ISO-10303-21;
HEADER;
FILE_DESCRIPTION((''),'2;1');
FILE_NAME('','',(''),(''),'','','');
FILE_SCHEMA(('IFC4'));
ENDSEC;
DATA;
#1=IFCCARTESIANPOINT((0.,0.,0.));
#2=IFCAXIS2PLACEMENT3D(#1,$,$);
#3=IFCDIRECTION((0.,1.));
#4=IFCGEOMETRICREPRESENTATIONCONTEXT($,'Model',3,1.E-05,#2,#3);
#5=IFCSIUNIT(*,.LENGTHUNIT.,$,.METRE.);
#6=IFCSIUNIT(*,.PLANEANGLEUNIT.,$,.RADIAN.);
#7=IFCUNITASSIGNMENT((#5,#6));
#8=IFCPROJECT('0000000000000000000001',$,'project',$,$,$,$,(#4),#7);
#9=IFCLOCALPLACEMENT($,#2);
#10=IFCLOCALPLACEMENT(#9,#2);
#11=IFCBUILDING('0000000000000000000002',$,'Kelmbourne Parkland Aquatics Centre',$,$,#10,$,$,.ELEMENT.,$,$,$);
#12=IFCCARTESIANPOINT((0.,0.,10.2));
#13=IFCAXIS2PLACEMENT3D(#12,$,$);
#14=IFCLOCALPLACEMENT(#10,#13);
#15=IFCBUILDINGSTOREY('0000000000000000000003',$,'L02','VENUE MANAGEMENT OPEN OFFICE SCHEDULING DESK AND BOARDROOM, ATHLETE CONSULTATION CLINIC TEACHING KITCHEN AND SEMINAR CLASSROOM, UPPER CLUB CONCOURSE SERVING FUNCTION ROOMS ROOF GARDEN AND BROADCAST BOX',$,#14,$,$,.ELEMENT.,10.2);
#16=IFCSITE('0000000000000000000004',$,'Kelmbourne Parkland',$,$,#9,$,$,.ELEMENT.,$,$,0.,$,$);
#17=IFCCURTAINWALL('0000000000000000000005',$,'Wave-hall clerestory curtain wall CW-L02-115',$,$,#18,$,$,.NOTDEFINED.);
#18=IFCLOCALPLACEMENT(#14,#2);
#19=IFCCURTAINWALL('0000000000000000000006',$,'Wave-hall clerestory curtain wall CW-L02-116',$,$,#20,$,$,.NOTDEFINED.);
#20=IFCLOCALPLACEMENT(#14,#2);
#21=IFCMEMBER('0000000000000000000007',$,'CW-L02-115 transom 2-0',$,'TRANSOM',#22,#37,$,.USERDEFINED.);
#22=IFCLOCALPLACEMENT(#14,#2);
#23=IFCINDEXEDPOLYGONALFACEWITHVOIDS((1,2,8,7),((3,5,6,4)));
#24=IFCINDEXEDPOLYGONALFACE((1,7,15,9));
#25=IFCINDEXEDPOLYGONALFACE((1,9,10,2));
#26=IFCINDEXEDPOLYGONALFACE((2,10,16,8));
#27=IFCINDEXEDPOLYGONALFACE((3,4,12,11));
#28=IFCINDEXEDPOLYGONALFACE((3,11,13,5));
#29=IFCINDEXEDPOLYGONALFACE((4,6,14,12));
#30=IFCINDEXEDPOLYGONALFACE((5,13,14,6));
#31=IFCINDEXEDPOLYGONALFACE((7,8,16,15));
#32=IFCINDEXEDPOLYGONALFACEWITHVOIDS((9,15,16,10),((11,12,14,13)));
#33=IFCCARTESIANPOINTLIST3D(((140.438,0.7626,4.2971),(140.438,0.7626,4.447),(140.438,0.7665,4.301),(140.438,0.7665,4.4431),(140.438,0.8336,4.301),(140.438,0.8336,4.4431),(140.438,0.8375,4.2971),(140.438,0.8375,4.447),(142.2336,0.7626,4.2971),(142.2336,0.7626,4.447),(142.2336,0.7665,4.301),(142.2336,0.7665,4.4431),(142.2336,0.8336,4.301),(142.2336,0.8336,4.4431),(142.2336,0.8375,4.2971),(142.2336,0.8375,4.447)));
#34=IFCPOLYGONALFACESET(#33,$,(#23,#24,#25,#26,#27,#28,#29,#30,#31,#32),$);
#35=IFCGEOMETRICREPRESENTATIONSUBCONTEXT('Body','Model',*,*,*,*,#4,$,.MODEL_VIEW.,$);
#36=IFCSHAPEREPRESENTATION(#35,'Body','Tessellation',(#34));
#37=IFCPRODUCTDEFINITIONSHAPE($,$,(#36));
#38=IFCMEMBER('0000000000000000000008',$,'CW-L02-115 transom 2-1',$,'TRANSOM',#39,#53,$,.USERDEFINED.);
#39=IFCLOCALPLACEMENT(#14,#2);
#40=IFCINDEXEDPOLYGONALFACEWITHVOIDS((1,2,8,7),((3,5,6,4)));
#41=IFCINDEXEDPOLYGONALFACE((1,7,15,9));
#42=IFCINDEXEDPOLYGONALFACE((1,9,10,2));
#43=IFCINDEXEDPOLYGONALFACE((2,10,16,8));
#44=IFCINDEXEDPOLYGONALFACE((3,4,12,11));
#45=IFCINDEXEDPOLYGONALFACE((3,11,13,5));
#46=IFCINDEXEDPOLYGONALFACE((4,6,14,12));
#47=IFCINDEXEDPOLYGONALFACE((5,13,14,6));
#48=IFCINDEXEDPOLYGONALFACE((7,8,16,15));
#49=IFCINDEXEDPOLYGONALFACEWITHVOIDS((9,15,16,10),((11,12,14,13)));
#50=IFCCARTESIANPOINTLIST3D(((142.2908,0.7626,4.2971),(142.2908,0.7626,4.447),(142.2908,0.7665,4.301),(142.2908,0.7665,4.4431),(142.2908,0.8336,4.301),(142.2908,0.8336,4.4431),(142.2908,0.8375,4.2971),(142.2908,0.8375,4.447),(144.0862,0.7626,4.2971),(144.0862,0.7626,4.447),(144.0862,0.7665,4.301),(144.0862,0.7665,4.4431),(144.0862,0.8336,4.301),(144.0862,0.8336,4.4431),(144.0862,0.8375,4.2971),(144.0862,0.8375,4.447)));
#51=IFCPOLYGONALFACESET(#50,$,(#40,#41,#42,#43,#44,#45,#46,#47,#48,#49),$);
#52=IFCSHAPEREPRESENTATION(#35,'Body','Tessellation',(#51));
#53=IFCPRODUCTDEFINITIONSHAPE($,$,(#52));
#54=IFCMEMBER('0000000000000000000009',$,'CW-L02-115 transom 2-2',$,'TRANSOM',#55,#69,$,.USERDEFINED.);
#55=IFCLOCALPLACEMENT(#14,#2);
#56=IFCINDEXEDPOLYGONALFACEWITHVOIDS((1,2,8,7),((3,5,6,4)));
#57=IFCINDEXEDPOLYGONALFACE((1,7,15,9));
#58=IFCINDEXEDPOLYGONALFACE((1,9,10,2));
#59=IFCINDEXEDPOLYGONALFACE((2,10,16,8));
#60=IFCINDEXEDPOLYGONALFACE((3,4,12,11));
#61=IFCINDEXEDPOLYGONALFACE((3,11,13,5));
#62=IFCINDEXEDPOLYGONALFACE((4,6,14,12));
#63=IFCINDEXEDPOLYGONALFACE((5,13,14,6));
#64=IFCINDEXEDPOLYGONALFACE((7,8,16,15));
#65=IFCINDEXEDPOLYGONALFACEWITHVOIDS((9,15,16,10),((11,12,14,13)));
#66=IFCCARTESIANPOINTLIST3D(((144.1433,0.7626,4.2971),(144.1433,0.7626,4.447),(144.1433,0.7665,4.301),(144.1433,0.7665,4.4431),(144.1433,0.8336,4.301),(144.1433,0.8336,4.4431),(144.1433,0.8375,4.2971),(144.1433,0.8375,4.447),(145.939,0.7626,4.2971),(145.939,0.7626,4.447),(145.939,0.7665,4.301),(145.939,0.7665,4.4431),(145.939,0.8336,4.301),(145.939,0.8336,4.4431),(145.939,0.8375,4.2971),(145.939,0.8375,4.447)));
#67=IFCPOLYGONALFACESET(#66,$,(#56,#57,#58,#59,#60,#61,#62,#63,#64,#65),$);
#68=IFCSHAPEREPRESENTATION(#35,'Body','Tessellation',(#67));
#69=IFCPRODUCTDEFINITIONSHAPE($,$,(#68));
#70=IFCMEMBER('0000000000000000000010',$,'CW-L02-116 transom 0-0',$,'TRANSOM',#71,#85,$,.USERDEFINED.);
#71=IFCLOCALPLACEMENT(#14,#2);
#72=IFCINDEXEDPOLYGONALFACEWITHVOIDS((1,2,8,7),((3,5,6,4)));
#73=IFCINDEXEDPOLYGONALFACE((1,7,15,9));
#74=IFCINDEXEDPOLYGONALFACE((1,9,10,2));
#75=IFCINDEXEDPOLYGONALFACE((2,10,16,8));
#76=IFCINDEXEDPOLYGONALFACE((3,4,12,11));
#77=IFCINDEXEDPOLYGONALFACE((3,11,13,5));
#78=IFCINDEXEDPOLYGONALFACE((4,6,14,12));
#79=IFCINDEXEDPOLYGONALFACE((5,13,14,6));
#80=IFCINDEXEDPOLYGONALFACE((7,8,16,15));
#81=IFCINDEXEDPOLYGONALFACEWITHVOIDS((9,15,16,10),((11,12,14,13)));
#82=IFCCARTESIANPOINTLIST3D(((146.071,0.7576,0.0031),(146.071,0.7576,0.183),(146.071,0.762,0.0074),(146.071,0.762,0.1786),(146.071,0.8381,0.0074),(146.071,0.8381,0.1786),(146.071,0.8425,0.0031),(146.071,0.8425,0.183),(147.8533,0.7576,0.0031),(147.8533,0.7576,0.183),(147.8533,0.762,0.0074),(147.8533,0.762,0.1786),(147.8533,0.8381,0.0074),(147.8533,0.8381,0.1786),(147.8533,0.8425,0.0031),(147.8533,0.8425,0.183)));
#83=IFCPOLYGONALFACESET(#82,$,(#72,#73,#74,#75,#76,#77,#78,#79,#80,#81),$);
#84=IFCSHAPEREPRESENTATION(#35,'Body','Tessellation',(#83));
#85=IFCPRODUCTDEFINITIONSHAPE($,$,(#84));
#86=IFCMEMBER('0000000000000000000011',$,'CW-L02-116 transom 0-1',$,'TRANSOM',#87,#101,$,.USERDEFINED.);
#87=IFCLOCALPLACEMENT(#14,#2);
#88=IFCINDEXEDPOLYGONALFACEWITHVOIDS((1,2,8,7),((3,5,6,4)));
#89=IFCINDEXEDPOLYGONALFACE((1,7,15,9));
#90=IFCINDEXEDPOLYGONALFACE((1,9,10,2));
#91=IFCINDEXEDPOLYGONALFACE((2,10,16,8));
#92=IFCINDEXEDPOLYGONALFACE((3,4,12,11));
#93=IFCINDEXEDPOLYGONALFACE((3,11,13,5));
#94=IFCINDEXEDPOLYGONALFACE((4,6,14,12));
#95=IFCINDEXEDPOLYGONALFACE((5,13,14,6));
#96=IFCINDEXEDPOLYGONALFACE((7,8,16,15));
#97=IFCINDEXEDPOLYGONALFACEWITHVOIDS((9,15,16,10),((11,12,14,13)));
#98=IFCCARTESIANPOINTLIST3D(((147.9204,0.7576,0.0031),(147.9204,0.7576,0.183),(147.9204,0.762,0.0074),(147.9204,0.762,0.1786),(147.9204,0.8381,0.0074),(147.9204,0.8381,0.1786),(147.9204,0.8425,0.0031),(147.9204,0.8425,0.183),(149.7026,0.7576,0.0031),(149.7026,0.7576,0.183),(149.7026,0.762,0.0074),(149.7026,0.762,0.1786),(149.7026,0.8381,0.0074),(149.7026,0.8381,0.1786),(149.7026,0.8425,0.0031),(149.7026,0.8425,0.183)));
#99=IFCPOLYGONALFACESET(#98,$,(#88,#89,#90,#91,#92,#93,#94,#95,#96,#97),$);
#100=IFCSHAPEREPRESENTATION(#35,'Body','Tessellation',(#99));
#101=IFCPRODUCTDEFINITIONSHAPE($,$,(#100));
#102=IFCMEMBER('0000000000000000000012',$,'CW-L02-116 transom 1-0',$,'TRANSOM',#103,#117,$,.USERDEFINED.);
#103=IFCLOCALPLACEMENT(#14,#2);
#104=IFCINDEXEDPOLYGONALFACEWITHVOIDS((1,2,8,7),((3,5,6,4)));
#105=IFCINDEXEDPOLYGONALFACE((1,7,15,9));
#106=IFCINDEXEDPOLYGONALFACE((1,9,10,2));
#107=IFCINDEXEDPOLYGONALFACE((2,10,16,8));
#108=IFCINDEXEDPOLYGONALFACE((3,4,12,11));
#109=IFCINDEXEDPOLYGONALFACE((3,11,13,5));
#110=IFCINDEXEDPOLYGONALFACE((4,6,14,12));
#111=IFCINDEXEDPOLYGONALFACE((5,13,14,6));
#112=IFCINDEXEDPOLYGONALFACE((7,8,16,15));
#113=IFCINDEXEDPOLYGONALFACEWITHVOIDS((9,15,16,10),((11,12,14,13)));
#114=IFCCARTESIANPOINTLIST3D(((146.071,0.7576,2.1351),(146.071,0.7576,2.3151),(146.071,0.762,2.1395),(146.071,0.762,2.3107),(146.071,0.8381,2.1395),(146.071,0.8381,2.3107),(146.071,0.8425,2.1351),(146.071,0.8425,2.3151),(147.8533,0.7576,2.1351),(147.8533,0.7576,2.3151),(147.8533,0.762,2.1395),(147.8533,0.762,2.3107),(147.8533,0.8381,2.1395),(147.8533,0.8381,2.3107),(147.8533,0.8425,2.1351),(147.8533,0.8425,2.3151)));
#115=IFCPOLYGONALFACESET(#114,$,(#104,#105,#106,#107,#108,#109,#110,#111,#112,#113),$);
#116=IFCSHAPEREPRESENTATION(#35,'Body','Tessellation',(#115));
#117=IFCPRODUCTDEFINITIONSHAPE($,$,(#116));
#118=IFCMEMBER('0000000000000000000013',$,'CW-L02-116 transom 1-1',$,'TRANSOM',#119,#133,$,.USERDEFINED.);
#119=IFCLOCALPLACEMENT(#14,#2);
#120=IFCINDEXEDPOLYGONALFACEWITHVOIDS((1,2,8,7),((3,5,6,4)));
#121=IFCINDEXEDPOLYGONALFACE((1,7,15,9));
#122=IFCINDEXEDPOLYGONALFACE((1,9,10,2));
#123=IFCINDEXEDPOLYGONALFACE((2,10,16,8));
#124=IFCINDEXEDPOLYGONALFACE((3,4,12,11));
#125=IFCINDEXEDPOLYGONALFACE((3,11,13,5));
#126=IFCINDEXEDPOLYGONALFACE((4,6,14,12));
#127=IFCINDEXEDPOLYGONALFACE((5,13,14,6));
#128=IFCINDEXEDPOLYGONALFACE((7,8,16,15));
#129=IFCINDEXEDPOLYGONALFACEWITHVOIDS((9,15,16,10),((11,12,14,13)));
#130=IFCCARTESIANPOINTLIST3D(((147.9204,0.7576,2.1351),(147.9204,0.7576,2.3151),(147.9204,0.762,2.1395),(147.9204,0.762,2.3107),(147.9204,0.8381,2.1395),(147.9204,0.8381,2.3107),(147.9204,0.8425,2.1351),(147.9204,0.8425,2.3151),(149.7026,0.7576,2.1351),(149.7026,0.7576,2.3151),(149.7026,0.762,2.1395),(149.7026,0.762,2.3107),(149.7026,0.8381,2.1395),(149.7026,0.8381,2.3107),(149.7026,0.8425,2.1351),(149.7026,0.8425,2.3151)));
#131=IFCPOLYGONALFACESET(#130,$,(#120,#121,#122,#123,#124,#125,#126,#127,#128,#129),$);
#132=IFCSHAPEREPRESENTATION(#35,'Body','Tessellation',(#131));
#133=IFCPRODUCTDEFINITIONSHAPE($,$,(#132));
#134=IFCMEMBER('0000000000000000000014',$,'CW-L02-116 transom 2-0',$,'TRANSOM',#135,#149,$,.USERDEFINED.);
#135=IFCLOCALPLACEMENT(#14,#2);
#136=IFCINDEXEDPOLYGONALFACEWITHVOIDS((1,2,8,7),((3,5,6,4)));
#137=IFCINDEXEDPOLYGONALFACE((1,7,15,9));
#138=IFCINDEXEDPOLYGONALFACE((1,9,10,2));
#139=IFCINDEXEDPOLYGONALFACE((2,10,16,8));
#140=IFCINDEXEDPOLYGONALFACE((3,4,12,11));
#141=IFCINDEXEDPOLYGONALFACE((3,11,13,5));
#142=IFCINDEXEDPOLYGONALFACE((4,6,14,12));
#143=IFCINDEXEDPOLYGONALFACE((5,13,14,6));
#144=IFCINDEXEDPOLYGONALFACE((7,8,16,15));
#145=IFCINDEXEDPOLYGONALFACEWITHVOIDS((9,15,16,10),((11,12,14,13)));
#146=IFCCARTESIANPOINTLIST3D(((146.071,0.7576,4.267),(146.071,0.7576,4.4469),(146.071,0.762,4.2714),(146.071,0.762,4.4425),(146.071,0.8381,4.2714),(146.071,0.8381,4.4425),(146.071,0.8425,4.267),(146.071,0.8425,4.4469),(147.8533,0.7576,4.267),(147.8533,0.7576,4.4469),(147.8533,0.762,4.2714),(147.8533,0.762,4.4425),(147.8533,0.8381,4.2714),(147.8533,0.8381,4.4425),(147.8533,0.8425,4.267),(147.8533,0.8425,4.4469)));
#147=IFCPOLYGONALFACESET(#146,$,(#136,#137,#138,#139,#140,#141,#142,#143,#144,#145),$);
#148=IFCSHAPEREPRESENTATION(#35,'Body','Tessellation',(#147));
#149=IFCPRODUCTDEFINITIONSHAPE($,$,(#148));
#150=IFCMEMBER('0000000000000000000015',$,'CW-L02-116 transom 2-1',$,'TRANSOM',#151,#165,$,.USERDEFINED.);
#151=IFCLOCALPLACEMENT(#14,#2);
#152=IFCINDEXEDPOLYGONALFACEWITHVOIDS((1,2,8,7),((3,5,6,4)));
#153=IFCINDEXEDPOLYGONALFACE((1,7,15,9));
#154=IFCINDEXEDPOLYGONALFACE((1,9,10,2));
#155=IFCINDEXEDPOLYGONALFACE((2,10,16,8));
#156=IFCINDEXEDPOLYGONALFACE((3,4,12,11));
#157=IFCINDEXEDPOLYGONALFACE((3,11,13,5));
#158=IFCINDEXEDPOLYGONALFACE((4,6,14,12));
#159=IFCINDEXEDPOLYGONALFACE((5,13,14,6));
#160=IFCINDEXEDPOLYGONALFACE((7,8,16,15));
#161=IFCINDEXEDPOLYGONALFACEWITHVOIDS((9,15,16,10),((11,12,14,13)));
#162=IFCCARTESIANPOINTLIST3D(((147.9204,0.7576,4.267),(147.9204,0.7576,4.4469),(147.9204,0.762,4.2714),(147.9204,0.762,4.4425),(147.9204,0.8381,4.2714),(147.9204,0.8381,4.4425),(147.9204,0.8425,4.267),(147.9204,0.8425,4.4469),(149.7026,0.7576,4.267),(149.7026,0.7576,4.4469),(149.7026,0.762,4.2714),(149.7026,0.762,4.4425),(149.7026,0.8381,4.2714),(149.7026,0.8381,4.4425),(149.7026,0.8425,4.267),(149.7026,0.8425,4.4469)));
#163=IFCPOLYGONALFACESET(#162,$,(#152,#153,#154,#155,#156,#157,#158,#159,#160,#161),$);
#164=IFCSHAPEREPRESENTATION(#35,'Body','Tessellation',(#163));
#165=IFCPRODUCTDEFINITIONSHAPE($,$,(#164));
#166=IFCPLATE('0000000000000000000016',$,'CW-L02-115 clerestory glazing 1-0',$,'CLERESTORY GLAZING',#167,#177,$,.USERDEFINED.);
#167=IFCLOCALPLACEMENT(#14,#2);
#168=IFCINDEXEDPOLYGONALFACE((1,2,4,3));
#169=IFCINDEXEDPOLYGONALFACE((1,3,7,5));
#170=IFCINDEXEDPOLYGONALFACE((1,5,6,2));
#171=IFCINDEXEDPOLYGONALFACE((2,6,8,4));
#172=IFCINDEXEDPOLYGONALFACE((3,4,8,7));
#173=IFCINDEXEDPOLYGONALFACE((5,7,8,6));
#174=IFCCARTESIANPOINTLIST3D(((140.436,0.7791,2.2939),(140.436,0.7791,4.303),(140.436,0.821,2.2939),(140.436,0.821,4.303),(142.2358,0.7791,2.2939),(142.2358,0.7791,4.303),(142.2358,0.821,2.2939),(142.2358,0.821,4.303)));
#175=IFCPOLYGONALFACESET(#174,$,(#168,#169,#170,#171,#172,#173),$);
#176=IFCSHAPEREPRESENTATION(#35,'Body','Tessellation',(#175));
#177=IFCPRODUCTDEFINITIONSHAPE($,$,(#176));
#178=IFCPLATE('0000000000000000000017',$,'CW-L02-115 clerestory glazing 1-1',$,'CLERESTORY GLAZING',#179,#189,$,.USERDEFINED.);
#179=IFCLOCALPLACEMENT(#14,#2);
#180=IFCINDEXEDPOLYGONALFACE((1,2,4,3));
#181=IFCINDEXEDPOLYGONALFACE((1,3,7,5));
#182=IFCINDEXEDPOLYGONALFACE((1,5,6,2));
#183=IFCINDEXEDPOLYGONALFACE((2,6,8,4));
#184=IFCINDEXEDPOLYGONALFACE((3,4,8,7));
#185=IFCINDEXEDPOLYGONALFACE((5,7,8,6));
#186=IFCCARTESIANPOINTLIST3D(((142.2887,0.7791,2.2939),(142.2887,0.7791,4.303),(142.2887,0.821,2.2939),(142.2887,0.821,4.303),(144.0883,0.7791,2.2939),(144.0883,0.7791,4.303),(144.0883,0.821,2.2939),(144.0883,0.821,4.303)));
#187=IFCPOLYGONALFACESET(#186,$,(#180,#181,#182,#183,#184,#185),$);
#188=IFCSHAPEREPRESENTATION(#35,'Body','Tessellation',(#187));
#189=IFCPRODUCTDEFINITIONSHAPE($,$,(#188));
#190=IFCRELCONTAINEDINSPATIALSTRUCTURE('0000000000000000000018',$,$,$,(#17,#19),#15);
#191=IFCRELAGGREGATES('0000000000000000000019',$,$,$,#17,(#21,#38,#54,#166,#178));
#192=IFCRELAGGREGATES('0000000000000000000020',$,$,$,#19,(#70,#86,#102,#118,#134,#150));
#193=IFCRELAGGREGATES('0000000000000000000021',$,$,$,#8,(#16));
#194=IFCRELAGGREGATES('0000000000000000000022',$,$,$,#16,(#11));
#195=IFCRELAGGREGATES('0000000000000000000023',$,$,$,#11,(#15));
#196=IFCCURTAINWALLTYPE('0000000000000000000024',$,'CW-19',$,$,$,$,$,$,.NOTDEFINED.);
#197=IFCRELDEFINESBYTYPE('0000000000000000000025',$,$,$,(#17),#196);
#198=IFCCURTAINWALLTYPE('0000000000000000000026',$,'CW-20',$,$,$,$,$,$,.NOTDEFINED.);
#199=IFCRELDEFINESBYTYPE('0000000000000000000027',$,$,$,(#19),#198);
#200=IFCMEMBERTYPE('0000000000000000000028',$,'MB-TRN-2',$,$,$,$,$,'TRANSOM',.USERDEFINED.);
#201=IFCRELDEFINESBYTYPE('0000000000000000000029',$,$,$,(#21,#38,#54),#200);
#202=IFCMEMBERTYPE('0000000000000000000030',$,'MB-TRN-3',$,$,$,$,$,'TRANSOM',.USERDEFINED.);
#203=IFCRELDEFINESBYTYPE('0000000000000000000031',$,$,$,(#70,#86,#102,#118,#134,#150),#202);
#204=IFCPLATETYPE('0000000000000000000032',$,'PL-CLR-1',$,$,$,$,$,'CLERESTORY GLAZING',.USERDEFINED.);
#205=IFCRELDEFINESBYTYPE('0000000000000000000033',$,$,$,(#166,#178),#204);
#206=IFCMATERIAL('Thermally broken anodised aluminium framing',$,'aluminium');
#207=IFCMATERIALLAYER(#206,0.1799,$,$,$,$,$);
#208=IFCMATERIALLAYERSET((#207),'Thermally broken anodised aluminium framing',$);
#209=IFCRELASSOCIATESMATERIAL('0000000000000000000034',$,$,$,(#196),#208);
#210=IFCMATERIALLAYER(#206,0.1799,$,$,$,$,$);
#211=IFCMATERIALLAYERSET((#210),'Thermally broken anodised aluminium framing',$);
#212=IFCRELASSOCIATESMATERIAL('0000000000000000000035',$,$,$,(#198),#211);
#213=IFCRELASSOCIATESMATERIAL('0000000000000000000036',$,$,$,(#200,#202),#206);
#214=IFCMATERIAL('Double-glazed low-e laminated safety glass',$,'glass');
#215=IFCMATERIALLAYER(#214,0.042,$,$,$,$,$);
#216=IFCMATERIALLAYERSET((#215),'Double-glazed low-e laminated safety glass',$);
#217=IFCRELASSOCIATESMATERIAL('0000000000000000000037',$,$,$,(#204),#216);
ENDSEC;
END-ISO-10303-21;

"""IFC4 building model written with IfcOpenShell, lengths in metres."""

from ifc_helpers import new_model, si_unit, direction, frame, origin, origin_2d, place, context, subcontext, project, spatial, rectangle, hollow_rectangle, extrude, material, layer, layer_set, material_profile, profile_set, type_object, element, aggregate, save


model = new_model("IFC4")

# Units and contexts
model_context = context("Model", 3, precision=1e-05, world=origin(), true_north=direction((0.0, 1.0)))
body_context = subcontext(model_context, "Body", "Model", "MODEL_VIEW")
ifc_project = project(units=[si_unit("LENGTHUNIT", "METRE"), si_unit("PLANEANGLEUNIT", "RADIAN")], contexts=[model_context])

# Site, building, storey
site_placement = place(None, origin())
site = spatial("IfcSite", under=ifc_project, at=site_placement, Name="Kelmbourne Parkland", CompositionType="ELEMENT", RefElevation=0.0)
building_placement = place(site_placement, origin())
building = spatial("IfcBuilding", under=site, at=building_placement, Name="Kelmbourne Parkland Aquatics Centre", CompositionType="ELEMENT")
storey_placement = place(building_placement, frame((0.0, 0.0, 10.2)))
storey = spatial("IfcBuildingStorey", under=building, at=storey_placement, Name="L02", Description="VENUE MANAGEMENT OPEN OFFICE SCHEDULING DESK AND BOARDROOM, ATHLETE CONSULTATION CLINIC TEACHING KITCHEN AND SEMINAR CLASSROOM, UPPER CLUB CONCOURSE SERVING FUNCTION ROOMS ROOF GARDEN AND BROADCAST BOX", CompositionType="ELEMENT", Elevation=10.2)

# Curtain walls
ifc_material_1 = material(Name="Thermally broken anodised aluminium framing", Category="aluminium")
ifc_layer_1 = layer(ifc_material_1, 0.1799)
ifc_layer_set_1 = layer_set([ifc_layer_1], Name="Thermally broken anodised aluminium framing")
curtain_wall_type_1 = type_object("IfcCurtainWallType", Name="CW-19", PredefinedType="NOTDEFINED", material=ifc_layer_set_1)
curtain_wall_1_placement = place(storey_placement, origin())
curtain_wall_1 = element("IfcCurtainWall", 1, at=curtain_wall_1_placement, inside=storey, type_object=curtain_wall_type_1, Name="Wave-hall clerestory curtain wall CW-L02-115", PredefinedType="NOTDEFINED")
ifc_layer_2 = layer(ifc_material_1, 0.1799)
ifc_layer_set_2 = layer_set([ifc_layer_2], Name="Thermally broken anodised aluminium framing")
curtain_wall_type_2 = type_object("IfcCurtainWallType", Name="CW-20", PredefinedType="NOTDEFINED", material=ifc_layer_set_2)
curtain_wall_2_placement = place(storey_placement, origin())
curtain_wall_2 = element("IfcCurtainWall", 2, at=curtain_wall_2_placement, inside=storey, type_object=curtain_wall_type_2, Name="Wave-hall clerestory curtain wall CW-L02-116", PredefinedType="NOTDEFINED")

# Members
ifc_material_profile_1 = material_profile(ifc_material_1, hollow_rectangle(XDim=0.075, YDim=0.1499, WallThickness=0.0039, at=origin_2d()), Name="CW-T 75x150")
ifc_profile_set_1 = profile_set([ifc_material_profile_1], Name="Thermally broken anodised aluminium framing")
member_type_1 = type_object("IfcMemberType", Name="MB-TRN-2", ElementType="TRANSOM", PredefinedType="USERDEFINED", material=ifc_profile_set_1)
member_1_placement = place(storey_placement, frame((140.438, 0.8, 4.3721), z_axis=(1.0, 0.0, 0.0), x_axis=(0.0, 1.0, 0.0)))
member_1 = element("IfcMember", 3, at=member_1_placement, type_object=member_type_1, Name="CW-L02-115 transom 2-0", ObjectType="TRANSOM", PredefinedType="USERDEFINED", context=body_context, shape_type="SweptSolid", body=[
    extrude(hollow_rectangle(XDim=0.075, YDim=0.1499, WallThickness=0.0039, at=origin_2d()), origin(), (0.0, 0.0, 1.0), 1.7957),
])
member_2_placement = place(storey_placement, frame((142.2908, 0.8, 4.3721), z_axis=(1.0, 0.0, 0.0), x_axis=(0.0, 1.0, 0.0)))
member_2 = element("IfcMember", 4, at=member_2_placement, type_object=member_type_1, Name="CW-L02-115 transom 2-1", ObjectType="TRANSOM", PredefinedType="USERDEFINED", context=body_context, shape_type="SweptSolid", body=[
    extrude(hollow_rectangle(XDim=0.075, YDim=0.1499, WallThickness=0.0039, at=origin_2d()), origin(), (0.0, 0.0, 1.0), 1.7954),
])
member_3_placement = place(storey_placement, frame((144.1433, 0.8, 4.3721), z_axis=(1.0, 0.0, 0.0), x_axis=(0.0, 1.0, 0.0)))
member_3 = element("IfcMember", 5, at=member_3_placement, type_object=member_type_1, Name="CW-L02-115 transom 2-2", ObjectType="TRANSOM", PredefinedType="USERDEFINED", context=body_context, shape_type="SweptSolid", body=[
    extrude(hollow_rectangle(XDim=0.075, YDim=0.1499, WallThickness=0.0039, at=origin_2d()), origin(), (0.0, 0.0, 1.0), 1.7957),
])
ifc_material_profile_2 = material_profile(ifc_material_1, hollow_rectangle(XDim=0.085, YDim=0.1799, WallThickness=0.0044, at=origin_2d()), Name="CW-T 85x180")
ifc_profile_set_2 = profile_set([ifc_material_profile_2], Name="Thermally broken anodised aluminium framing")
member_type_2 = type_object("IfcMemberType", Name="MB-TRN-3", ElementType="TRANSOM", PredefinedType="USERDEFINED", material=ifc_profile_set_2)
member_4_placement = place(storey_placement, frame((146.071, 0.8, 0.093), z_axis=(1.0, 0.0, 0.0), x_axis=(0.0, 1.0, 0.0)))
member_4 = element("IfcMember", 6, at=member_4_placement, type_object=member_type_2, Name="CW-L02-116 transom 0-0", ObjectType="TRANSOM", PredefinedType="USERDEFINED", context=body_context, shape_type="SweptSolid", body=[
    extrude(hollow_rectangle(XDim=0.085, YDim=0.1799, WallThickness=0.0044, at=origin_2d()), origin(), (0.0, 0.0, 1.0), 1.7822),
])
member_5_placement = place(storey_placement, frame((147.9204, 0.8, 0.093), z_axis=(1.0, 0.0, 0.0), x_axis=(0.0, 1.0, 0.0)))
member_5 = element("IfcMember", 7, at=member_5_placement, type_object=member_type_2, Name="CW-L02-116 transom 0-1", ObjectType="TRANSOM", PredefinedType="USERDEFINED", context=body_context, shape_type="SweptSolid", body=[
    extrude(hollow_rectangle(XDim=0.085, YDim=0.1799, WallThickness=0.0044, at=origin_2d()), origin(), (0.0, 0.0, 1.0), 1.7822),
])
member_6_placement = place(storey_placement, frame((146.071, 0.8, 2.2251), z_axis=(1.0, 0.0, 0.0), x_axis=(0.0, 1.0, 0.0)))
member_6 = element("IfcMember", 8, at=member_6_placement, type_object=member_type_2, Name="CW-L02-116 transom 1-0", ObjectType="TRANSOM", PredefinedType="USERDEFINED", context=body_context, shape_type="SweptSolid", body=[
    extrude(hollow_rectangle(XDim=0.085, YDim=0.1799, WallThickness=0.0044, at=origin_2d()), origin(), (0.0, 0.0, 1.0), 1.7822),
])
member_7_placement = place(storey_placement, frame((147.9204, 0.8, 2.2251), z_axis=(1.0, 0.0, 0.0), x_axis=(0.0, 1.0, 0.0)))
member_7 = element("IfcMember", 9, at=member_7_placement, type_object=member_type_2, Name="CW-L02-116 transom 1-1", ObjectType="TRANSOM", PredefinedType="USERDEFINED", context=body_context, shape_type="SweptSolid", body=[
    extrude(hollow_rectangle(XDim=0.085, YDim=0.1799, WallThickness=0.0044, at=origin_2d()), origin(), (0.0, 0.0, 1.0), 1.7822),
])
member_8_placement = place(storey_placement, frame((146.071, 0.8, 4.3569), z_axis=(1.0, 0.0, 0.0), x_axis=(0.0, 1.0, 0.0)))
member_8 = element("IfcMember", 10, at=member_8_placement, type_object=member_type_2, Name="CW-L02-116 transom 2-0", ObjectType="TRANSOM", PredefinedType="USERDEFINED", context=body_context, shape_type="SweptSolid", body=[
    extrude(hollow_rectangle(XDim=0.085, YDim=0.1799, WallThickness=0.0044, at=origin_2d()), origin(), (0.0, 0.0, 1.0), 1.7822),
])
member_9_placement = place(storey_placement, frame((147.9204, 0.8, 4.3569), z_axis=(1.0, 0.0, 0.0), x_axis=(0.0, 1.0, 0.0)))
member_9 = element("IfcMember", 11, at=member_9_placement, type_object=member_type_2, Name="CW-L02-116 transom 2-1", ObjectType="TRANSOM", PredefinedType="USERDEFINED", context=body_context, shape_type="SweptSolid", body=[
    extrude(hollow_rectangle(XDim=0.085, YDim=0.1799, WallThickness=0.0044, at=origin_2d()), origin(), (0.0, 0.0, 1.0), 1.7822),
])

# Plates
ifc_material_2 = material(Name="Double-glazed low-e laminated safety glass", Category="glass")
ifc_layer_3 = layer(ifc_material_2, 0.042)
ifc_layer_set_3 = layer_set([ifc_layer_3], Name="Double-glazed low-e laminated safety glass")
plate_type_1 = type_object("IfcPlateType", Name="PL-CLR-1", ElementType="CLERESTORY GLAZING", PredefinedType="USERDEFINED", material=ifc_layer_set_3)
plate_1_placement = place(storey_placement, frame((141.3359, 0.8, 2.2939), z_axis=(0.0, 0.0, 1.0), x_axis=(1.0, 0.0, 0.0)))
plate_1 = element("IfcPlate", 12, at=plate_1_placement, type_object=plate_type_1, Name="CW-L02-115 clerestory glazing 1-0", ObjectType="CLERESTORY GLAZING", PredefinedType="USERDEFINED", context=body_context, shape_type="SweptSolid", body=[
    extrude(rectangle(XDim=1.7998, YDim=0.042, at=origin_2d()), origin(), (0.0, 0.0, 1.0), 2.009),
])
plate_2_placement = place(storey_placement, frame((143.1885, 0.8, 2.2939), z_axis=(0.0, 0.0, 1.0), x_axis=(1.0, 0.0, 0.0)))
plate_2 = element("IfcPlate", 13, at=plate_2_placement, type_object=plate_type_1, Name="CW-L02-115 clerestory glazing 1-1", ObjectType="CLERESTORY GLAZING", PredefinedType="USERDEFINED", context=body_context, shape_type="SweptSolid", body=[
    extrude(rectangle(XDim=1.7996, YDim=0.042, at=origin_2d()), origin(), (0.0, 0.0, 1.0), 2.009),
])
aggregate(curtain_wall_1, [member_1, member_2, member_3, plate_1, plate_2])
aggregate(curtain_wall_2, [member_4, member_5, member_6, member_7, member_8, member_9])

save(model, "model.ifc")
